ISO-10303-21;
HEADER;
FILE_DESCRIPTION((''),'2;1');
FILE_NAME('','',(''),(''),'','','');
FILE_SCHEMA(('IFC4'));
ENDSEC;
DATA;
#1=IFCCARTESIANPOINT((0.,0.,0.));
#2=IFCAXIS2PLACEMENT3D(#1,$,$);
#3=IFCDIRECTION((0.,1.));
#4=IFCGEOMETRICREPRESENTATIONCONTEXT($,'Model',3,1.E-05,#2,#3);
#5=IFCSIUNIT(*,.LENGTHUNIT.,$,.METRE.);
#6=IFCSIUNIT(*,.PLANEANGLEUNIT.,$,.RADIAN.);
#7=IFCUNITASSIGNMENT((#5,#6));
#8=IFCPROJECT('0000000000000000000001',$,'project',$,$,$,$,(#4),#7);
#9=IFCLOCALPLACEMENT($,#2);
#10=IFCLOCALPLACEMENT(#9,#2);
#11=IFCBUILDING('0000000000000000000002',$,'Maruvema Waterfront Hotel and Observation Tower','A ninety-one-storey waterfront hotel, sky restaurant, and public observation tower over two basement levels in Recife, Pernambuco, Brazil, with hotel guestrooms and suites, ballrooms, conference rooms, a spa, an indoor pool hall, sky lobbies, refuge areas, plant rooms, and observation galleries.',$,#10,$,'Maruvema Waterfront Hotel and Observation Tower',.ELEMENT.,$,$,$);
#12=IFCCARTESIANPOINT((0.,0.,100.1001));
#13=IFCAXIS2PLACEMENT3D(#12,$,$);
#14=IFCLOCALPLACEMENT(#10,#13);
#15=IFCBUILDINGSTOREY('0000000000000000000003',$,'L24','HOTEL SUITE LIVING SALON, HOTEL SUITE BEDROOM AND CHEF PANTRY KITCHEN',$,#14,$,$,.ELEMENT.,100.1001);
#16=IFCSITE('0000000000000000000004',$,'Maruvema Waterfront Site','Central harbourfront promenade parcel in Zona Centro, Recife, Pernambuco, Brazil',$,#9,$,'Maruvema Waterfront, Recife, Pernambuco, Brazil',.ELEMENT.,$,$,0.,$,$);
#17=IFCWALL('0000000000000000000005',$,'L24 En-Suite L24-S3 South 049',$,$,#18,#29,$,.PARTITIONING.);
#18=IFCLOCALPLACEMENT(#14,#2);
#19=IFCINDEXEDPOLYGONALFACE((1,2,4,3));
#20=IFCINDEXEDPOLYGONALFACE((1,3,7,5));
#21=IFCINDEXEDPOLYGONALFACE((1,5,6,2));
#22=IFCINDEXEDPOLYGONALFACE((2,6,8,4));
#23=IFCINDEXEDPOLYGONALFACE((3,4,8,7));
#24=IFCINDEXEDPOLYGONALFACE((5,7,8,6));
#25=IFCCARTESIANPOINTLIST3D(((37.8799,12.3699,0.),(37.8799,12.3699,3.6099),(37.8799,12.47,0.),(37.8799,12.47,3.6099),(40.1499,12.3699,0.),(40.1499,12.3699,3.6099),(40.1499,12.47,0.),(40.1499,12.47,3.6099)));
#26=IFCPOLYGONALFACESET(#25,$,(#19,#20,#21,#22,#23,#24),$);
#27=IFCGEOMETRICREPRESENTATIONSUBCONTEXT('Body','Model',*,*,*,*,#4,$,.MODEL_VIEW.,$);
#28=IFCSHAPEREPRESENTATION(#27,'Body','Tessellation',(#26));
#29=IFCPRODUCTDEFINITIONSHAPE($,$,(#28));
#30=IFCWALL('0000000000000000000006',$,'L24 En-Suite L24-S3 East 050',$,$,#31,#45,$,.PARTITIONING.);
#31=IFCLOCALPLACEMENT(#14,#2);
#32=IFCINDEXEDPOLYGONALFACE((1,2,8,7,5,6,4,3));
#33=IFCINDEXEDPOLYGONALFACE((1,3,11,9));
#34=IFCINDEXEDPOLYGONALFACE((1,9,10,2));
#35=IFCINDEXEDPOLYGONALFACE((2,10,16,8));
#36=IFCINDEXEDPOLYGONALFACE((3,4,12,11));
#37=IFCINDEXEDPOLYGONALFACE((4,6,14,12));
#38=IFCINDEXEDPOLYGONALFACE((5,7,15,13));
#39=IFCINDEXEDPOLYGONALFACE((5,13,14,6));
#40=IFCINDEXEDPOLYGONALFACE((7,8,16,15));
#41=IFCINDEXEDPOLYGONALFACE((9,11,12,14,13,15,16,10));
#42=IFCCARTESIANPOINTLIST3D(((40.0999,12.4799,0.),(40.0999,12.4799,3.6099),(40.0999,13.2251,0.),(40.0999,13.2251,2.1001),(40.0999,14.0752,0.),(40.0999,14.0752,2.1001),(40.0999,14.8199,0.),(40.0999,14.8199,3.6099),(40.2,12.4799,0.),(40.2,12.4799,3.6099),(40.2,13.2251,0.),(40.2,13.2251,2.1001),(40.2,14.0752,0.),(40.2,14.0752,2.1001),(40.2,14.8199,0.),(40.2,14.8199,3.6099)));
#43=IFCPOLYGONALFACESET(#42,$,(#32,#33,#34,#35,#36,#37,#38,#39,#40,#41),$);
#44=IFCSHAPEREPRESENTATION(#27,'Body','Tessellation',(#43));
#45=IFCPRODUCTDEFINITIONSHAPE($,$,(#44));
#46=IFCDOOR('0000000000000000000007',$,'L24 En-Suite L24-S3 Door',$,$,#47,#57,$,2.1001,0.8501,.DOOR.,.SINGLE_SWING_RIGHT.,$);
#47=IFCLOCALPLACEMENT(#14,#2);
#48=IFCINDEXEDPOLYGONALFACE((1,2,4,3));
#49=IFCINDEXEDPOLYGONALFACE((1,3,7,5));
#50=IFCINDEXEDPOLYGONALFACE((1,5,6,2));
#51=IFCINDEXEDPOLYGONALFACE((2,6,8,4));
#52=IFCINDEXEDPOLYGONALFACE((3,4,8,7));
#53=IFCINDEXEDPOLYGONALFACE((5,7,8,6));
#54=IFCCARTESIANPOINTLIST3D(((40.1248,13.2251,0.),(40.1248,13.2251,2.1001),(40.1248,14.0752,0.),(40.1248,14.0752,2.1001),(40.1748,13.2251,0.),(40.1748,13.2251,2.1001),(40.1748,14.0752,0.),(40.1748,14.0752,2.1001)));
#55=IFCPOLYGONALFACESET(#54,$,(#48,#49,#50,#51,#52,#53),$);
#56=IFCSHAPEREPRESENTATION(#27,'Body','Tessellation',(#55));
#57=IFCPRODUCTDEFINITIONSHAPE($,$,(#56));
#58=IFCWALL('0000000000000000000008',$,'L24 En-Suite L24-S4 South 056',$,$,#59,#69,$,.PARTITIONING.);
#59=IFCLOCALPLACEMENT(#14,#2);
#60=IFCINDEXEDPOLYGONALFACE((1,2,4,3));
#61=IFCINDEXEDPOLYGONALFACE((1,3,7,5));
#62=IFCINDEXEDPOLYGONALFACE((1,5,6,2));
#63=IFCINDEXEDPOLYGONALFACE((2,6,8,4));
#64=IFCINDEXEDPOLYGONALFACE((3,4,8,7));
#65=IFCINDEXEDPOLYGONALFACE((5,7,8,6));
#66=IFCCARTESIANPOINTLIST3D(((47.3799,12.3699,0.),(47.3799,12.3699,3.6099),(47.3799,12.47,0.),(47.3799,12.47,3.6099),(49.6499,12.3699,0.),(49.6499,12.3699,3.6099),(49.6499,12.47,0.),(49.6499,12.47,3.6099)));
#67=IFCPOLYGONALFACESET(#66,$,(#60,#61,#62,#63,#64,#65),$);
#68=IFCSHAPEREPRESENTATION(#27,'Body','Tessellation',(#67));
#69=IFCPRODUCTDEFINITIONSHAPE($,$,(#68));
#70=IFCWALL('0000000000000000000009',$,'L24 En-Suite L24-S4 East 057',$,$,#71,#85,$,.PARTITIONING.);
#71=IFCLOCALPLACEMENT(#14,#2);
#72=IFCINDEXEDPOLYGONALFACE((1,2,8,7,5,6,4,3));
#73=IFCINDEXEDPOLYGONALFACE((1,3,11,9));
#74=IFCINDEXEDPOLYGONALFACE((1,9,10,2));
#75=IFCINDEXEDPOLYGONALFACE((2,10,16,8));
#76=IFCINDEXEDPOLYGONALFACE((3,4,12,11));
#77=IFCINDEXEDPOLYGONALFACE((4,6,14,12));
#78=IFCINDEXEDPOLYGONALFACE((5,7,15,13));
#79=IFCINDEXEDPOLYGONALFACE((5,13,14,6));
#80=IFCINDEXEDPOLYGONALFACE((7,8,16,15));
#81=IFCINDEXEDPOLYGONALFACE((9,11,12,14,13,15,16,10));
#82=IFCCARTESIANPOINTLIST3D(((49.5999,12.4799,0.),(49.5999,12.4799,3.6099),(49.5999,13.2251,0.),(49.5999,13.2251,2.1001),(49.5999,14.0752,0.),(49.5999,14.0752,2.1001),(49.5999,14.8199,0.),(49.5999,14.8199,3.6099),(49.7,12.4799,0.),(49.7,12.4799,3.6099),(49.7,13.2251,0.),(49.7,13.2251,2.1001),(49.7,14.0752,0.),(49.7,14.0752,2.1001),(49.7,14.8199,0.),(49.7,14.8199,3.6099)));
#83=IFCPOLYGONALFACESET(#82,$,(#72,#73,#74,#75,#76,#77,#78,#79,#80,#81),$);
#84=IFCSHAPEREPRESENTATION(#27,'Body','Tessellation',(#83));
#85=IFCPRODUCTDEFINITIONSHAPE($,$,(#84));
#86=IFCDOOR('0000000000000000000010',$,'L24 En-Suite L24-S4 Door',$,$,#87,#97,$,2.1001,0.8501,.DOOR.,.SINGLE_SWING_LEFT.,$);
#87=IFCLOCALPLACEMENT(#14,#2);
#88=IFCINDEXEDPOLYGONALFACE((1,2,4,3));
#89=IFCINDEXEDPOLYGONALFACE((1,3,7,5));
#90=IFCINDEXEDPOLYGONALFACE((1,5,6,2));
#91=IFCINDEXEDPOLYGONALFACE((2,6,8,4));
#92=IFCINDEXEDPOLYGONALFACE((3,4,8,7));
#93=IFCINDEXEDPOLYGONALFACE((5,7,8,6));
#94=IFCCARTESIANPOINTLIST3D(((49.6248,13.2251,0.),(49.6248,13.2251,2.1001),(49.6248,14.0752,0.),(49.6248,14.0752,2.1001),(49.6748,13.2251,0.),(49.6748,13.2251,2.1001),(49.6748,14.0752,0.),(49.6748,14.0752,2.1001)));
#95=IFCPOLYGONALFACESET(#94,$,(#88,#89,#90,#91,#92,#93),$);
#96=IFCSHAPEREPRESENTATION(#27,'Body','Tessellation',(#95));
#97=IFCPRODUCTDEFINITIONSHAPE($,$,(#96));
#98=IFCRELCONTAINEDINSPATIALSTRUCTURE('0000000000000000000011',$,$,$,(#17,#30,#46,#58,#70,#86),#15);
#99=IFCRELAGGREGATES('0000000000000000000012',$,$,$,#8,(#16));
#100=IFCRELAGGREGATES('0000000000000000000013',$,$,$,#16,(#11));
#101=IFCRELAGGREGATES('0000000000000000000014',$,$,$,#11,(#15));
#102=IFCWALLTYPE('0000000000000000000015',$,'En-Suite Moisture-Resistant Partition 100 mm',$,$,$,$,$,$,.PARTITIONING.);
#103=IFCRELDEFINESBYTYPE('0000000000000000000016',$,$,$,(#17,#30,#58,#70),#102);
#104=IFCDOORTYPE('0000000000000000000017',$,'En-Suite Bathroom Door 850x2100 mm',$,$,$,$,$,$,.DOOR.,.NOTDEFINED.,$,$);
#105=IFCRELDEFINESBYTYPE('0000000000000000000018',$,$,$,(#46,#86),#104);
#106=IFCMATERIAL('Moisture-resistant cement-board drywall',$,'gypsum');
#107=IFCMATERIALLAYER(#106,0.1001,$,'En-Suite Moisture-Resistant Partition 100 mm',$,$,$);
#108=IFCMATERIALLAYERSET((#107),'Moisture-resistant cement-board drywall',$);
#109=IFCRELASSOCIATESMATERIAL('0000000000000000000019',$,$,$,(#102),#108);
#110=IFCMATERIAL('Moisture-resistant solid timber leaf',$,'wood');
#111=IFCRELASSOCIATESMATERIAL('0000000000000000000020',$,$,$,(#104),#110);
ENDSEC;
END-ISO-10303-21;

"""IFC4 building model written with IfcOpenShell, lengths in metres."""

from ifc_helpers import new_model, si_unit, direction, frame, frame_2d, origin, place, context, subcontext, project, spatial, rectangle, extrude, material, layer, layer_set, type_object, element, fill, save


model = new_model("IFC4")

# Units and contexts
model_context = context("Model", 3, precision=1e-05, world=origin(), true_north=direction((0.0, 1.0)))
body_context = subcontext(model_context, "Body", "Model", "MODEL_VIEW")
ifc_project = project(units=[si_unit("LENGTHUNIT", "METRE"), si_unit("PLANEANGLEUNIT", "RADIAN")], contexts=[model_context])

# Site, building, storey
site_placement = place(None, origin())
site = spatial("IfcSite", under=ifc_project, at=site_placement, Name="Maruvema Waterfront Site", Description="Central harbourfront promenade parcel in Zona Centro, Recife, Pernambuco, Brazil", LongName="Maruvema Waterfront, Recife, Pernambuco, Brazil", CompositionType="ELEMENT", RefElevation=0.0)
building_placement = place(site_placement, origin())
building = spatial("IfcBuilding", under=site, at=building_placement, Name="Maruvema Waterfront Hotel and Observation Tower", Description="A ninety-one-storey waterfront hotel, sky restaurant, and public observation tower over two basement levels in Recife, Pernambuco, Brazil, with hotel guestrooms and suites, ballrooms, conference rooms, a spa, an indoor pool hall, sky lobbies, refuge areas, plant rooms, and observation galleries.", LongName="Maruvema Waterfront Hotel and Observation Tower", CompositionType="ELEMENT")
storey_placement = place(building_placement, frame((0.0, 0.0, 100.1001)))
storey = spatial("IfcBuildingStorey", under=building, at=storey_placement, Name="L24", Description="HOTEL SUITE LIVING SALON, HOTEL SUITE BEDROOM AND CHEF PANTRY KITCHEN", CompositionType="ELEMENT", Elevation=100.1001)

# Shared definitions
ifc_material_1 = material(Name="Moisture-resistant cement-board drywall", Category="gypsum")
ifc_layer_1 = layer(ifc_material_1, 0.1001, Name="En-Suite Moisture-Resistant Partition 100 mm")
ifc_layer_set_1 = layer_set([ifc_layer_1], Name="Moisture-resistant cement-board drywall")
wall_type_1 = type_object("IfcWallType", Name="En-Suite Moisture-Resistant Partition 100 mm", PredefinedType="PARTITIONING", material=ifc_layer_set_1)

# Shared definitions
ifc_material_2 = material(Name="Moisture-resistant solid timber leaf", Category="wood")
door_type_1 = type_object("IfcDoorType", Name="En-Suite Bathroom Door 850x2100 mm", OperationType="NOTDEFINED", PredefinedType="DOOR", material=ifc_material_2)

# Wall
wall_1_placement = place(storey_placement, frame((37.8799, 12.4199, 0.0), z_axis=(0.0, 0.0, 1.0), x_axis=(1.0, 0.0, 0.0)))
element("IfcWall", 1, at=wall_1_placement, inside=storey, type_object=wall_type_1, Name="L24 En-Suite L24-S3 South 049", PredefinedType="PARTITIONING", context=body_context, shape_type="SweptSolid", body=[
    extrude(rectangle(XDim=2.27, YDim=0.1001, at=frame_2d((1.135, 0.0))), origin(), (0.0, 0.0, 1.0), 3.6099),
])

# Wall, opening, door
wall_2_placement = place(storey_placement, frame((40.1499, 12.48, 0.0), z_axis=(0.0, 0.0, 1.0), x_axis=(0.0, 1.0, 0.0)))
wall_2 = element("IfcWall", 2, at=wall_2_placement, inside=storey, type_object=wall_type_1, Name="L24 En-Suite L24-S3 East 050", PredefinedType="PARTITIONING", context=body_context, shape_type="SweptSolid", body=[
    extrude(rectangle(XDim=2.3401, YDim=0.1001, at=frame_2d((1.1699, 0.0))), origin(), (0.0, 0.0, 1.0), 3.6099),
])
opening_1_placement = place(wall_2_placement, frame((0.7451, 0.0, 0.0)))
opening_1 = element("IfcOpeningElement", 3, at=opening_1_placement, cuts=wall_2, PredefinedType="OPENING", context=body_context, shape_type="SweptSolid", body=[
    extrude(rectangle(XDim=0.8501, YDim=2.1001, at=frame_2d((0.425, 1.05))), frame((0.0, 0.0601, 0.0), z_axis=(0.0, -1.0, 0.0), x_axis=(1.0, 0.0, 0.0)), (0.0, 0.0, 1.0), 0.1201),
])
door_1_placement = place(opening_1_placement, frame((0.8501, 0.0, 0.0), z_axis=(0.0, 0.0, 1.0), x_axis=(-1.0, 0.0, 0.0)))
door_1 = element("IfcDoor", 4, at=door_1_placement, inside=storey, type_object=door_type_1, Name="L24 En-Suite L24-S3 Door", OperationType="SINGLE_SWING_RIGHT", OverallHeight=2.1001, OverallWidth=0.8501, PredefinedType="DOOR", context=body_context, shape_type="SweptSolid", body=[
    extrude(rectangle(XDim=0.8501, YDim=2.1001, at=frame_2d((0.425, 1.05))), frame((0.0, 0.0249, 0.0), z_axis=(0.0, -1.0, 0.0), x_axis=(1.0, 0.0, 0.0)), (0.0, 0.0, 1.0), 0.05),
])
fill(opening_1, door_1)

# Wall
wall_3_placement = place(storey_placement, frame((47.3799, 12.4199, 0.0), z_axis=(0.0, 0.0, 1.0), x_axis=(1.0, 0.0, 0.0)))
element("IfcWall", 5, at=wall_3_placement, inside=storey, type_object=wall_type_1, Name="L24 En-Suite L24-S4 South 056", PredefinedType="PARTITIONING", context=body_context, shape_type="SweptSolid", body=[
    extrude(rectangle(XDim=2.27, YDim=0.1001, at=frame_2d((1.135, 0.0))), origin(), (0.0, 0.0, 1.0), 3.6099),
])

# Wall, opening, door
wall_4_placement = place(storey_placement, frame((49.6499, 12.48, 0.0), z_axis=(0.0, 0.0, 1.0), x_axis=(0.0, 1.0, 0.0)))
wall_4 = element("IfcWall", 6, at=wall_4_placement, inside=storey, type_object=wall_type_1, Name="L24 En-Suite L24-S4 East 057", PredefinedType="PARTITIONING", context=body_context, shape_type="SweptSolid", body=[
    extrude(rectangle(XDim=2.3401, YDim=0.1001, at=frame_2d((1.1699, 0.0))), origin(), (0.0, 0.0, 1.0), 3.6099),
])
opening_2_placement = place(wall_4_placement, frame((0.7451, 0.0, 0.0)))
opening_2 = element("IfcOpeningElement", 7, at=opening_2_placement, cuts=wall_4, PredefinedType="OPENING", context=body_context, shape_type="SweptSolid", body=[
    extrude(rectangle(XDim=0.8501, YDim=2.1001, at=frame_2d((0.425, 1.05))), frame((0.0, 0.0601, 0.0), z_axis=(0.0, -1.0, 0.0), x_axis=(1.0, 0.0, 0.0)), (0.0, 0.0, 1.0), 0.1201),
])
door_2_placement = place(opening_2_placement, frame((0.8501, 0.0, 0.0), z_axis=(0.0, 0.0, 1.0), x_axis=(-1.0, 0.0, 0.0)))
door_2 = element("IfcDoor", 8, at=door_2_placement, inside=storey, type_object=door_type_1, Name="L24 En-Suite L24-S4 Door", OperationType="SINGLE_SWING_LEFT", OverallHeight=2.1001, OverallWidth=0.8501, PredefinedType="DOOR", context=body_context, shape_type="SweptSolid", body=[
    extrude(rectangle(XDim=0.8501, YDim=2.1001, at=frame_2d((0.425, 1.05))), frame((0.0, 0.0249, 0.0), z_axis=(0.0, -1.0, 0.0), x_axis=(1.0, 0.0, 0.0)), (0.0, 0.0, 1.0), 0.05),
])
fill(opening_2, door_2)

save(model, "model.ifc")
